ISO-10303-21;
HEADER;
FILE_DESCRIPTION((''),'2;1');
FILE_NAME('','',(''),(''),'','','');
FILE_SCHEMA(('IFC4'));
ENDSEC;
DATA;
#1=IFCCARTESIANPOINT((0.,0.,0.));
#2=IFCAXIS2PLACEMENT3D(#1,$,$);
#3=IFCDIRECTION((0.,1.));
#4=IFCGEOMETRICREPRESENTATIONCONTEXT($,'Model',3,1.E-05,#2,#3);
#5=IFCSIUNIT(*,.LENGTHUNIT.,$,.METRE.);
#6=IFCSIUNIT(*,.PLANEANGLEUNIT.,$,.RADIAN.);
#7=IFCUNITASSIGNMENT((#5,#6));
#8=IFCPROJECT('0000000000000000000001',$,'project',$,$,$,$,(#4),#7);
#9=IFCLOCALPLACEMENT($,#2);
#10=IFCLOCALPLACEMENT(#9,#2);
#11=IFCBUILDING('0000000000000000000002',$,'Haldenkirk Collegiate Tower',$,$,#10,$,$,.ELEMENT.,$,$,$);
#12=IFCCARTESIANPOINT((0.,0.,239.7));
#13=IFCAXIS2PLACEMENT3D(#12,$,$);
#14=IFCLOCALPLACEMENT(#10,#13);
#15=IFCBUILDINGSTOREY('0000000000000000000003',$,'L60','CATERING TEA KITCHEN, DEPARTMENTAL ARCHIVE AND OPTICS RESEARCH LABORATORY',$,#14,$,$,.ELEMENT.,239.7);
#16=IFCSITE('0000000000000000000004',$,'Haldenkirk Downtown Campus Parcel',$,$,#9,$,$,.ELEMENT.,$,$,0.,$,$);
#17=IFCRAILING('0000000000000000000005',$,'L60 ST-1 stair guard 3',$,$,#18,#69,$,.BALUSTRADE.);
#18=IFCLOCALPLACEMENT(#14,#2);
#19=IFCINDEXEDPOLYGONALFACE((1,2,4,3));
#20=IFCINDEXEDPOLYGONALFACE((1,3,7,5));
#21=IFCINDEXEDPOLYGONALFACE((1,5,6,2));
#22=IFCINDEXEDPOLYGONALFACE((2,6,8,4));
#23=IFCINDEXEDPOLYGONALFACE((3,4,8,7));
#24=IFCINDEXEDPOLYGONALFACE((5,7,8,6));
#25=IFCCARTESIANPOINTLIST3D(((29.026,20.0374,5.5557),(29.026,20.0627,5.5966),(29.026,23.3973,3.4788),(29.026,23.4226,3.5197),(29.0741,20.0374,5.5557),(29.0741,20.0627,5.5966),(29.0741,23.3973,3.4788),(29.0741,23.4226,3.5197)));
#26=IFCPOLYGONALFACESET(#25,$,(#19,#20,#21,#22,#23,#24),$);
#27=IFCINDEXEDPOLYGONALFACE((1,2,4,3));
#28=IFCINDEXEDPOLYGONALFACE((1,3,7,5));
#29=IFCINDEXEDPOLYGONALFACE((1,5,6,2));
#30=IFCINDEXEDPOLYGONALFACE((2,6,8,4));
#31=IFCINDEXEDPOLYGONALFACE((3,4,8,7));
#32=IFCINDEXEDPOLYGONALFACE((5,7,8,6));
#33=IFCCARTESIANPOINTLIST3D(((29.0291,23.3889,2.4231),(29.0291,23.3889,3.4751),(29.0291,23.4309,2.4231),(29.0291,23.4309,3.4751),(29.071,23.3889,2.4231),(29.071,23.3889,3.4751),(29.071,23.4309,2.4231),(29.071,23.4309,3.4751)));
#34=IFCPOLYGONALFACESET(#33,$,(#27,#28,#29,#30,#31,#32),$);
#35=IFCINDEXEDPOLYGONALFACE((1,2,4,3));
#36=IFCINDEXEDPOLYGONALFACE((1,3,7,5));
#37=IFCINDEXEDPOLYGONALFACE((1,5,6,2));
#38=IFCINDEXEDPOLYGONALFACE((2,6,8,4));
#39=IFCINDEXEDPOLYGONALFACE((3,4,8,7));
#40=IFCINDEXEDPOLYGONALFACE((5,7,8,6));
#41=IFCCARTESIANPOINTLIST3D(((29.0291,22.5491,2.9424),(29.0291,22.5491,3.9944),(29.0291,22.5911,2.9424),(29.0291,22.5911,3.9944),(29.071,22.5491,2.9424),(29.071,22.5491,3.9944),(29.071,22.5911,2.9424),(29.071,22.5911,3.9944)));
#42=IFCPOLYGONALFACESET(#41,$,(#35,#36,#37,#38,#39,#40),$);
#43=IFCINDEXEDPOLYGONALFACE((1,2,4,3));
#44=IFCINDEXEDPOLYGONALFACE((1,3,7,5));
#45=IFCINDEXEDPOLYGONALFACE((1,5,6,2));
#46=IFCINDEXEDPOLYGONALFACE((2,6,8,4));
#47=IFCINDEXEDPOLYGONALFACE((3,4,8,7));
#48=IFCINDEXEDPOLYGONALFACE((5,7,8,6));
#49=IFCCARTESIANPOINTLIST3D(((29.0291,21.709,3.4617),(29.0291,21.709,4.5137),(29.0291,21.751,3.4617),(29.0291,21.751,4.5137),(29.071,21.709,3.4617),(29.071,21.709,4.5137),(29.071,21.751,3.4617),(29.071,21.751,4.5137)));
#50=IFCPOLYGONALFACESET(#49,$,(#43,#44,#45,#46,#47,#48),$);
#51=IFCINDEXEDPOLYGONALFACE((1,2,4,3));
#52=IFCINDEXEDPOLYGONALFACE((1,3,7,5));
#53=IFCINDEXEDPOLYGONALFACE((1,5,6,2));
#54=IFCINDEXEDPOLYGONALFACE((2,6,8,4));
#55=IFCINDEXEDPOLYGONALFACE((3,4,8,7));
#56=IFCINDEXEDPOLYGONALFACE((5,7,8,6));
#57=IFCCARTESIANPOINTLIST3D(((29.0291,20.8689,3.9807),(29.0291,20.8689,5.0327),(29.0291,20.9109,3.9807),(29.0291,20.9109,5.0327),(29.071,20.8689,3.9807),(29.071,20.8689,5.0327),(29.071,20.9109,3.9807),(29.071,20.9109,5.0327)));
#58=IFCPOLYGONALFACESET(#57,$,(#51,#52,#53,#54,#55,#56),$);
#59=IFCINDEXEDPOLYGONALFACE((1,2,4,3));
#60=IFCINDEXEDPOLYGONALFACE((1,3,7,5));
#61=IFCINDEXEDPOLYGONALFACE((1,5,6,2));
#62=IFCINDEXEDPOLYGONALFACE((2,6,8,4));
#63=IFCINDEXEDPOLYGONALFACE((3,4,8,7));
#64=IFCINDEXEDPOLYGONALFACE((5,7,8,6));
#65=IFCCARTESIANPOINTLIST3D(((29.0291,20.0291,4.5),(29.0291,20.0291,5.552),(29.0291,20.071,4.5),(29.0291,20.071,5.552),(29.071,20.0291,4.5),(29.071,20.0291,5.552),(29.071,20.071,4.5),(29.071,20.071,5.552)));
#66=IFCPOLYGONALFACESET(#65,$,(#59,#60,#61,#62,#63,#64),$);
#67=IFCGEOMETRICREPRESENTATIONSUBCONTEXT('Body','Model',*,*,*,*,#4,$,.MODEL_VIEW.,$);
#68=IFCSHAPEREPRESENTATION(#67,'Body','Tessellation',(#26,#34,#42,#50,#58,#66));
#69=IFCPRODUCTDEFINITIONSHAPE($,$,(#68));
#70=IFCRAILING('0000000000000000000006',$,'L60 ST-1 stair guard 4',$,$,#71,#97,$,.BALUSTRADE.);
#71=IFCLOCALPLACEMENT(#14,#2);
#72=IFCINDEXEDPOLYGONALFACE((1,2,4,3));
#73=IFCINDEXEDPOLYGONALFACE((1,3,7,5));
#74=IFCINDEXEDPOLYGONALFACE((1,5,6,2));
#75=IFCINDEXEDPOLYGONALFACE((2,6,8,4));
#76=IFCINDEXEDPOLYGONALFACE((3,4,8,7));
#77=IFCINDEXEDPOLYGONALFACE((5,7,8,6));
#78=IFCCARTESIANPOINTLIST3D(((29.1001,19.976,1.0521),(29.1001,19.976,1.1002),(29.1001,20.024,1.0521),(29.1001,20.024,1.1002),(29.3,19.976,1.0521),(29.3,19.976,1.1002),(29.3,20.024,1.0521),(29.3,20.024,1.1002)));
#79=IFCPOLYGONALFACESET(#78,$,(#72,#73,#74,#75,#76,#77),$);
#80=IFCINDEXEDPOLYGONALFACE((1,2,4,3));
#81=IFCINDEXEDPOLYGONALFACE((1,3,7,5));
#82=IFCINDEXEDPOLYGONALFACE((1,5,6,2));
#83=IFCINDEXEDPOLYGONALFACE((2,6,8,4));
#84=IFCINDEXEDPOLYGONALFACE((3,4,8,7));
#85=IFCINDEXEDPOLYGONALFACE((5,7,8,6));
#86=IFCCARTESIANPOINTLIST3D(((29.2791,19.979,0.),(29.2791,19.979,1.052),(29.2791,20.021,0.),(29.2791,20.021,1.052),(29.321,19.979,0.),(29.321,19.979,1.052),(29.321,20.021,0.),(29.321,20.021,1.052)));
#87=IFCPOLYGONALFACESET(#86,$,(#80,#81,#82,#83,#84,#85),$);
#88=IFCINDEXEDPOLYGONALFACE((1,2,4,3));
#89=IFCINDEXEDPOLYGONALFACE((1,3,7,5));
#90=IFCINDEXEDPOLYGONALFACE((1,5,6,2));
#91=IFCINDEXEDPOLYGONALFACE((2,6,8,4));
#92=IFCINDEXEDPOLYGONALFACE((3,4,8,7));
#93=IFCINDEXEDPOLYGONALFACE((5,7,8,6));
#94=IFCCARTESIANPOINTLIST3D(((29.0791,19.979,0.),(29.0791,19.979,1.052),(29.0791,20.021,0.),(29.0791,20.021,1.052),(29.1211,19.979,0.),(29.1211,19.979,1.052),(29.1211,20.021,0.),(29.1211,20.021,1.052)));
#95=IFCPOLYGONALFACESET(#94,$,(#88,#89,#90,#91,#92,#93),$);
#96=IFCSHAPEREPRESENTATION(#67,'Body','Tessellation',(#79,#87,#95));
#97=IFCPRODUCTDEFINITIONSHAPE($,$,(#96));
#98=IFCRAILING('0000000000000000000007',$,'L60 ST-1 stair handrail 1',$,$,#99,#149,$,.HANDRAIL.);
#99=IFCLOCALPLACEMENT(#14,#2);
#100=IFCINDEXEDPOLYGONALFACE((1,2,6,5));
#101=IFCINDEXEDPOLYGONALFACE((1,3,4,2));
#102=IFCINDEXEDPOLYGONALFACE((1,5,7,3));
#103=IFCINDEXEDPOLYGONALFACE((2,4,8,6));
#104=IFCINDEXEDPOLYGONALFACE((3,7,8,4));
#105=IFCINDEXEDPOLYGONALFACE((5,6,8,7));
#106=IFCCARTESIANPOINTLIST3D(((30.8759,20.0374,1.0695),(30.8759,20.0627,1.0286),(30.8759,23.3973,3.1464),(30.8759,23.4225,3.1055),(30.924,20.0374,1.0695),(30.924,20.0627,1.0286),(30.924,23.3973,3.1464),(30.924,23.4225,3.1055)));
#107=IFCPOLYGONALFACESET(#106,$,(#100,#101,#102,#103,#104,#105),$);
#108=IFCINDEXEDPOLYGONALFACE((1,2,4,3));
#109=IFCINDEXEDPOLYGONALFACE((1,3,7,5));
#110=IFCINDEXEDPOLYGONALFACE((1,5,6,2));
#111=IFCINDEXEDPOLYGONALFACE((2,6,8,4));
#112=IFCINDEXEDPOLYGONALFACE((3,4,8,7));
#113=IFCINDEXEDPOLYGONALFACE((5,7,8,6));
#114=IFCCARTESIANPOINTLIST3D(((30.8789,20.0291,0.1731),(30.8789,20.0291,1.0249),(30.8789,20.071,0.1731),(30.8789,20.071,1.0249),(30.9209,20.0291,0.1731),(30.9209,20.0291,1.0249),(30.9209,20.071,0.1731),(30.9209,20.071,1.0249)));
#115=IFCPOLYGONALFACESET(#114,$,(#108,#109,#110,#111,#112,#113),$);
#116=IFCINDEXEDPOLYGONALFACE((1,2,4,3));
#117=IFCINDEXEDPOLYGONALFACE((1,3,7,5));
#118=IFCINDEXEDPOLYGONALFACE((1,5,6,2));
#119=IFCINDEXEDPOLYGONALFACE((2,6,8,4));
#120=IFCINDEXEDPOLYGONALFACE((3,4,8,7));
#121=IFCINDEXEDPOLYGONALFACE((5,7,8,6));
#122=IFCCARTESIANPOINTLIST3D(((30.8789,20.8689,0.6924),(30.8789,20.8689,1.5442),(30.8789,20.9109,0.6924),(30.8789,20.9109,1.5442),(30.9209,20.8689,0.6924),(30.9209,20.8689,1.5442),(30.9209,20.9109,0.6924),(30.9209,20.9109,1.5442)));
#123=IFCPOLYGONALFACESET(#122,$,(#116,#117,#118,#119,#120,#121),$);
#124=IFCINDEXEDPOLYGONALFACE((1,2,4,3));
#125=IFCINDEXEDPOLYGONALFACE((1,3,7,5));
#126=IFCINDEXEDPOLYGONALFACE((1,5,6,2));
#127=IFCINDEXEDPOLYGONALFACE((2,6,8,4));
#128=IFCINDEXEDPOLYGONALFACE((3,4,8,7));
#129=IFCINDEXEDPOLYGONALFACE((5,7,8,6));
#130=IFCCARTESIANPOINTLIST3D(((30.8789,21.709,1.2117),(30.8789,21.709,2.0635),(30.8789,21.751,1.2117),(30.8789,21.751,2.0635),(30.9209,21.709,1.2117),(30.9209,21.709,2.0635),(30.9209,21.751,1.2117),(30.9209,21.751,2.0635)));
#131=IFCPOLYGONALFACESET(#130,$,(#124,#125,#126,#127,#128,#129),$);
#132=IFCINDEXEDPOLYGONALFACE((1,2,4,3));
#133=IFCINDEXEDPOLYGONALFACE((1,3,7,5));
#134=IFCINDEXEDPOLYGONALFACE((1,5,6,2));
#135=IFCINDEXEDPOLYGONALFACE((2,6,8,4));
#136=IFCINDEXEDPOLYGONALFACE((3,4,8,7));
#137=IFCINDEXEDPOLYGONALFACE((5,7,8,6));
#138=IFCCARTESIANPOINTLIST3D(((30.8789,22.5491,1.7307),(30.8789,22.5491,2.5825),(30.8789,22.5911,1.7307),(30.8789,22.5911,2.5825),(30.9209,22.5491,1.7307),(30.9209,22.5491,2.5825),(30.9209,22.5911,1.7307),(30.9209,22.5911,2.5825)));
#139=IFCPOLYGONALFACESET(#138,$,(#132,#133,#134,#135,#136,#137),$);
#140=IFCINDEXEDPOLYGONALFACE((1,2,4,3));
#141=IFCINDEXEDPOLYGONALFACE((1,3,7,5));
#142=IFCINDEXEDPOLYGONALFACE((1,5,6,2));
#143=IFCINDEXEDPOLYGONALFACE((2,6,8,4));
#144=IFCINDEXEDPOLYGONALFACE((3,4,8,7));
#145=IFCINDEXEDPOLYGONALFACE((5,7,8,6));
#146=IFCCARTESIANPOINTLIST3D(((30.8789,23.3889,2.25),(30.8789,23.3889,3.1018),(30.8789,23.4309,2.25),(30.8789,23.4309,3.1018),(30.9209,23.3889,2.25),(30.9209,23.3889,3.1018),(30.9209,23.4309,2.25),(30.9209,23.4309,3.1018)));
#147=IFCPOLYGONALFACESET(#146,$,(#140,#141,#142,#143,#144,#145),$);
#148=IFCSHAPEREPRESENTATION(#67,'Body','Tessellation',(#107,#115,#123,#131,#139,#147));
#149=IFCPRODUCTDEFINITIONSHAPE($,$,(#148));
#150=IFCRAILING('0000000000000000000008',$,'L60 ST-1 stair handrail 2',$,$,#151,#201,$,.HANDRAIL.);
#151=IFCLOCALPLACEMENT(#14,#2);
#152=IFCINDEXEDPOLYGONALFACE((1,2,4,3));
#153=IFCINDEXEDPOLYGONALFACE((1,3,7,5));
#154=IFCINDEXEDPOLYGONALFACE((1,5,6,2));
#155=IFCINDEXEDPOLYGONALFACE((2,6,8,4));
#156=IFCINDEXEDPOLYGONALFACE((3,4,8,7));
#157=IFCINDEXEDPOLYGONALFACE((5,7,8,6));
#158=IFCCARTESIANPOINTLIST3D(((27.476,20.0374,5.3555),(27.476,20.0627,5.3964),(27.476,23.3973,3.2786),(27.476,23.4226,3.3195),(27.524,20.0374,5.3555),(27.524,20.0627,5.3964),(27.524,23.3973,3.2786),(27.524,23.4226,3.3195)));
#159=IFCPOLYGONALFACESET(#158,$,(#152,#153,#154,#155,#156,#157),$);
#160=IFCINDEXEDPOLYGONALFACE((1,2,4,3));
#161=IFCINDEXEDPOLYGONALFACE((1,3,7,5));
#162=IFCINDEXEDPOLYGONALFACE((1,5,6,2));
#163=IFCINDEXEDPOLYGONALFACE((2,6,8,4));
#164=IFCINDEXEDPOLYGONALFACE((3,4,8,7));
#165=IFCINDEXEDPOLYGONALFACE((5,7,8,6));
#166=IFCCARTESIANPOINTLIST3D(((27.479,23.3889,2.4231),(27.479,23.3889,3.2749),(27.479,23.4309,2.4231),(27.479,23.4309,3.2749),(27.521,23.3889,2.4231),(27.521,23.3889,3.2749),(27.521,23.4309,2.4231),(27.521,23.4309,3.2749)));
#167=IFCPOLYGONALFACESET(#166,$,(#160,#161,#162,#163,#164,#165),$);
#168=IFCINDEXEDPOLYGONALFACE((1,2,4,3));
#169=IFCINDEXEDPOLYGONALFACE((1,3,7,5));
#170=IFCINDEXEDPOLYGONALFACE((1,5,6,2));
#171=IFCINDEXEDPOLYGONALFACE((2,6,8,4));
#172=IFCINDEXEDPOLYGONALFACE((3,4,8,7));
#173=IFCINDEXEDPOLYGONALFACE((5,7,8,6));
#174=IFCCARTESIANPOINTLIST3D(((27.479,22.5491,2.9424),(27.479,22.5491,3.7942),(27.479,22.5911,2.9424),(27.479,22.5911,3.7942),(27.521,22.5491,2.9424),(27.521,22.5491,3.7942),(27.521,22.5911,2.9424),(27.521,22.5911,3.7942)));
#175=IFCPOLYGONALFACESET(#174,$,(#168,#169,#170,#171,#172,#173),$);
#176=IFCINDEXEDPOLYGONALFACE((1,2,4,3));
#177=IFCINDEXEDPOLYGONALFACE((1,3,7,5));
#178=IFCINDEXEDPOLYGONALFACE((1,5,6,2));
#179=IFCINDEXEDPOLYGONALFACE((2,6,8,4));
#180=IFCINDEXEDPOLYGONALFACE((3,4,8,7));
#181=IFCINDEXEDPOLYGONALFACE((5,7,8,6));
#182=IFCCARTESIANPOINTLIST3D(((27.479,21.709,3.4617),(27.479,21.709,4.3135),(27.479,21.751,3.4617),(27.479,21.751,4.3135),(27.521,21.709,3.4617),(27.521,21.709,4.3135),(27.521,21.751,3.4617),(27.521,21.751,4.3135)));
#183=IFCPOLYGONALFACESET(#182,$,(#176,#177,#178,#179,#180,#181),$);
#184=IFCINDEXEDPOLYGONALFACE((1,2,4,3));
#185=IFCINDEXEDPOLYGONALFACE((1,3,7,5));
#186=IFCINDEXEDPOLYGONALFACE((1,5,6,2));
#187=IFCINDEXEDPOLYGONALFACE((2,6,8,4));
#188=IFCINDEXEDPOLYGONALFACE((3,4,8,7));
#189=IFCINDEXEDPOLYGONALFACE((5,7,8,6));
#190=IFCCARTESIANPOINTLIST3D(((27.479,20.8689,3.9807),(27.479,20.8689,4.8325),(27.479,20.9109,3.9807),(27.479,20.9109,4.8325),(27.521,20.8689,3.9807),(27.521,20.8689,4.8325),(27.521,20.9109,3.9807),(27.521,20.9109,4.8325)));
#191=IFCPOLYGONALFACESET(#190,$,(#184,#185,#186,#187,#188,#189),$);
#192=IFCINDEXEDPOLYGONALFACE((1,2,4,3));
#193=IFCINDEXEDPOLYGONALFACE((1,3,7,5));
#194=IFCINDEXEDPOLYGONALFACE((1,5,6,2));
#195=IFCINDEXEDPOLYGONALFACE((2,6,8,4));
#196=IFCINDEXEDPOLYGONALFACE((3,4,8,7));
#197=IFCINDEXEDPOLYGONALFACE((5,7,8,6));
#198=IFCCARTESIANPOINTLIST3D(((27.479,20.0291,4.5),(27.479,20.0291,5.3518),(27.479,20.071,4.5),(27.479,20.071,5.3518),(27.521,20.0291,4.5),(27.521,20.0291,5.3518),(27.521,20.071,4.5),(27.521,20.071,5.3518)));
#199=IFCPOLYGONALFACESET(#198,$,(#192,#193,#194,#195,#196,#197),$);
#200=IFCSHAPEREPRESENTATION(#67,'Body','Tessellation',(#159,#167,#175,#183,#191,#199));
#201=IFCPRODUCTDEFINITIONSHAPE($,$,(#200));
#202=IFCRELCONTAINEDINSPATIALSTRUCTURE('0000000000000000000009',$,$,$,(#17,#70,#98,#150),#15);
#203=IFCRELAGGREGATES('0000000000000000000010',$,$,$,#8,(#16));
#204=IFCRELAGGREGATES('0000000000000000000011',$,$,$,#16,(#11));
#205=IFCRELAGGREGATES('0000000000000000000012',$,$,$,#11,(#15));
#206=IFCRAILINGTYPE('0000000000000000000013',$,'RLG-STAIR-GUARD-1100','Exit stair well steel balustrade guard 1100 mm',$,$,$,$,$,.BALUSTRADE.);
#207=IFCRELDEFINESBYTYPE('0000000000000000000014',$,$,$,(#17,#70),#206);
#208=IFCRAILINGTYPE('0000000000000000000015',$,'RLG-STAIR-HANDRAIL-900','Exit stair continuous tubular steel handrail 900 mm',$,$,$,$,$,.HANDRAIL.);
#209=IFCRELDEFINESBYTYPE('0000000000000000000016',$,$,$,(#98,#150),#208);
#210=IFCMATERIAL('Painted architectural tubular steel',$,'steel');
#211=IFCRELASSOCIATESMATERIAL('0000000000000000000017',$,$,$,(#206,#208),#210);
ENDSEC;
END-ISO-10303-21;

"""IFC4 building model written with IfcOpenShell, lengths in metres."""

from ifc_helpers import new_model, si_unit, direction, frame, origin, origin_2d, place, context, subcontext, project, spatial, rectangle, extrude, material, type_object, element, save


model = new_model("IFC4")

# Units and contexts
model_context = context("Model", 3, precision=1e-05, world=origin(), true_north=direction((0.0, 1.0)))
body_context = subcontext(model_context, "Body", "Model", "MODEL_VIEW")
ifc_project = project(units=[si_unit("LENGTHUNIT", "METRE"), si_unit("PLANEANGLEUNIT", "RADIAN")], contexts=[model_context])

# Site, building, storey
site_placement = place(None, origin())
site = spatial("IfcSite", under=ifc_project, at=site_placement, Name="Haldenkirk Downtown Campus Parcel", CompositionType="ELEMENT", RefElevation=0.0)
building_placement = place(site_placement, origin())
building = spatial("IfcBuilding", under=site, at=building_placement, Name="Haldenkirk Collegiate Tower", CompositionType="ELEMENT")
storey_placement = place(building_placement, frame((0.0, 0.0, 239.7)))
storey = spatial("IfcBuildingStorey", under=building, at=storey_placement, Name="L60", Description="CATERING TEA KITCHEN, DEPARTMENTAL ARCHIVE AND OPTICS RESEARCH LABORATORY", CompositionType="ELEMENT", Elevation=239.7)

# Railings
ifc_material_1 = material(Name="Painted architectural tubular steel", Category="steel")
railing_type_1 = type_object("IfcRailingType", Name="RLG-STAIR-GUARD-1100", Description="Exit stair well steel balustrade guard 1100 mm", PredefinedType="BALUSTRADE", material=ifc_material_1)
railing_1_placement = place(storey_placement, frame((29.05, 23.4099, 2.4231)))
element("IfcRailing", 1, at=railing_1_placement, inside=storey, type_object=railing_type_1, Name="L60 ST-1 stair guard 3", PredefinedType="BALUSTRADE", context=body_context, shape_type="SweptSolid", body=[
    extrude(rectangle(XDim=0.0481, YDim=0.0481, at=origin_2d()), frame((0.0, 0.0, 1.0762), z_axis=(0.0, -0.850606, 0.525803), x_axis=(1.0, 0.0, 0.0)), (0.0, 0.0, 1.0), 3.95),
    extrude(rectangle(XDim=0.042, YDim=0.042, at=origin_2d()), origin(), (0.0, 0.0, 1.0), 1.052),
    extrude(rectangle(XDim=0.042, YDim=0.042, at=origin_2d()), frame((0.0, -0.8398, 0.5193)), (0.0, 0.0, 1.0), 1.052),
    extrude(rectangle(XDim=0.042, YDim=0.042, at=origin_2d()), frame((0.0, -1.6799, 1.0386)), (0.0, 0.0, 1.0), 1.052),
    extrude(rectangle(XDim=0.042, YDim=0.042, at=origin_2d()), frame((0.0, -2.52, 1.5576)), (0.0, 0.0, 1.0), 1.052),
    extrude(rectangle(XDim=0.042, YDim=0.042, at=origin_2d()), frame((0.0, -3.3599, 2.0769)), (0.0, 0.0, 1.0), 1.052),
])
railing_2_placement = place(storey_placement, frame((29.3, 20.0, 0.0)))
element("IfcRailing", 2, at=railing_2_placement, inside=storey, type_object=railing_type_1, Name="L60 ST-1 stair guard 4", PredefinedType="BALUSTRADE", context=body_context, shape_type="SweptSolid", body=[
    extrude(rectangle(XDim=0.0481, YDim=0.0481, at=origin_2d()), frame((0.0, 0.0, 1.0762), z_axis=(-1.0, 0.0, 0.0), x_axis=(0.0, -1.0, 0.0)), (0.0, 0.0, 1.0), 0.2),
    extrude(rectangle(XDim=0.042, YDim=0.042, at=origin_2d()), origin(), (0.0, 0.0, 1.0), 1.052),
    extrude(rectangle(XDim=0.042, YDim=0.042, at=origin_2d()), frame((-0.2, 0.0, 0.0)), (0.0, 0.0, 1.0), 1.052),
])
railing_type_2 = type_object("IfcRailingType", Name="RLG-STAIR-HANDRAIL-900", Description="Exit stair continuous tubular steel handrail 900 mm", PredefinedType="HANDRAIL", material=ifc_material_1)
railing_3_placement = place(storey_placement, frame((30.8999, 20.05, 0.1731)))
element("IfcRailing", 3, at=railing_3_placement, inside=storey, type_object=railing_type_2, Name="L60 ST-1 stair handrail 1", PredefinedType="HANDRAIL", context=body_context, shape_type="SweptSolid", body=[
    extrude(rectangle(XDim=0.0481, YDim=0.0481, at=origin_2d()), frame((0.0, 0.0, 0.876), z_axis=(0.0, 0.850606, 0.525803), x_axis=(-1.0, 0.0, 0.0)), (0.0, 0.0, 1.0), 3.95),
    extrude(rectangle(XDim=0.042, YDim=0.042, at=origin_2d()), origin(), (0.0, 0.0, 1.0), 0.8518),
    extrude(rectangle(XDim=0.042, YDim=0.042, at=origin_2d()), frame((0.0, 0.8398, 0.5193)), (0.0, 0.0, 1.0), 0.8518),
    extrude(rectangle(XDim=0.042, YDim=0.042, at=origin_2d()), frame((0.0, 1.6799, 1.0386)), (0.0, 0.0, 1.0), 0.8518),
    extrude(rectangle(XDim=0.042, YDim=0.042, at=origin_2d()), frame((0.0, 2.52, 1.5576)), (0.0, 0.0, 1.0), 0.8518),
    extrude(rectangle(XDim=0.042, YDim=0.042, at=origin_2d()), frame((0.0, 3.3599, 2.0769)), (0.0, 0.0, 1.0), 0.8518),
])
railing_4_placement = place(storey_placement, frame((27.5, 23.4099, 2.4231)))
element("IfcRailing", 4, at=railing_4_placement, inside=storey, type_object=railing_type_2, Name="L60 ST-1 stair handrail 2", PredefinedType="HANDRAIL", context=body_context, shape_type="SweptSolid", body=[
    extrude(rectangle(XDim=0.0481, YDim=0.0481, at=origin_2d()), frame((0.0, 0.0, 0.876), z_axis=(0.0, -0.850606, 0.525803), x_axis=(1.0, 0.0, 0.0)), (0.0, 0.0, 1.0), 3.95),
    extrude(rectangle(XDim=0.042, YDim=0.042, at=origin_2d()), origin(), (0.0, 0.0, 1.0), 0.8518),
    extrude(rectangle(XDim=0.042, YDim=0.042, at=origin_2d()), frame((0.0, -0.8398, 0.5193)), (0.0, 0.0, 1.0), 0.8518),
    extrude(rectangle(XDim=0.042, YDim=0.042, at=origin_2d()), frame((0.0, -1.6799, 1.0386)), (0.0, 0.0, 1.0), 0.8518),
    extrude(rectangle(XDim=0.042, YDim=0.042, at=origin_2d()), frame((0.0, -2.52, 1.5576)), (0.0, 0.0, 1.0), 0.8518),
    extrude(rectangle(XDim=0.042, YDim=0.042, at=origin_2d()), frame((0.0, -3.3599, 2.0769)), (0.0, 0.0, 1.0), 0.8518),
])

save(model, "model.ifc")
